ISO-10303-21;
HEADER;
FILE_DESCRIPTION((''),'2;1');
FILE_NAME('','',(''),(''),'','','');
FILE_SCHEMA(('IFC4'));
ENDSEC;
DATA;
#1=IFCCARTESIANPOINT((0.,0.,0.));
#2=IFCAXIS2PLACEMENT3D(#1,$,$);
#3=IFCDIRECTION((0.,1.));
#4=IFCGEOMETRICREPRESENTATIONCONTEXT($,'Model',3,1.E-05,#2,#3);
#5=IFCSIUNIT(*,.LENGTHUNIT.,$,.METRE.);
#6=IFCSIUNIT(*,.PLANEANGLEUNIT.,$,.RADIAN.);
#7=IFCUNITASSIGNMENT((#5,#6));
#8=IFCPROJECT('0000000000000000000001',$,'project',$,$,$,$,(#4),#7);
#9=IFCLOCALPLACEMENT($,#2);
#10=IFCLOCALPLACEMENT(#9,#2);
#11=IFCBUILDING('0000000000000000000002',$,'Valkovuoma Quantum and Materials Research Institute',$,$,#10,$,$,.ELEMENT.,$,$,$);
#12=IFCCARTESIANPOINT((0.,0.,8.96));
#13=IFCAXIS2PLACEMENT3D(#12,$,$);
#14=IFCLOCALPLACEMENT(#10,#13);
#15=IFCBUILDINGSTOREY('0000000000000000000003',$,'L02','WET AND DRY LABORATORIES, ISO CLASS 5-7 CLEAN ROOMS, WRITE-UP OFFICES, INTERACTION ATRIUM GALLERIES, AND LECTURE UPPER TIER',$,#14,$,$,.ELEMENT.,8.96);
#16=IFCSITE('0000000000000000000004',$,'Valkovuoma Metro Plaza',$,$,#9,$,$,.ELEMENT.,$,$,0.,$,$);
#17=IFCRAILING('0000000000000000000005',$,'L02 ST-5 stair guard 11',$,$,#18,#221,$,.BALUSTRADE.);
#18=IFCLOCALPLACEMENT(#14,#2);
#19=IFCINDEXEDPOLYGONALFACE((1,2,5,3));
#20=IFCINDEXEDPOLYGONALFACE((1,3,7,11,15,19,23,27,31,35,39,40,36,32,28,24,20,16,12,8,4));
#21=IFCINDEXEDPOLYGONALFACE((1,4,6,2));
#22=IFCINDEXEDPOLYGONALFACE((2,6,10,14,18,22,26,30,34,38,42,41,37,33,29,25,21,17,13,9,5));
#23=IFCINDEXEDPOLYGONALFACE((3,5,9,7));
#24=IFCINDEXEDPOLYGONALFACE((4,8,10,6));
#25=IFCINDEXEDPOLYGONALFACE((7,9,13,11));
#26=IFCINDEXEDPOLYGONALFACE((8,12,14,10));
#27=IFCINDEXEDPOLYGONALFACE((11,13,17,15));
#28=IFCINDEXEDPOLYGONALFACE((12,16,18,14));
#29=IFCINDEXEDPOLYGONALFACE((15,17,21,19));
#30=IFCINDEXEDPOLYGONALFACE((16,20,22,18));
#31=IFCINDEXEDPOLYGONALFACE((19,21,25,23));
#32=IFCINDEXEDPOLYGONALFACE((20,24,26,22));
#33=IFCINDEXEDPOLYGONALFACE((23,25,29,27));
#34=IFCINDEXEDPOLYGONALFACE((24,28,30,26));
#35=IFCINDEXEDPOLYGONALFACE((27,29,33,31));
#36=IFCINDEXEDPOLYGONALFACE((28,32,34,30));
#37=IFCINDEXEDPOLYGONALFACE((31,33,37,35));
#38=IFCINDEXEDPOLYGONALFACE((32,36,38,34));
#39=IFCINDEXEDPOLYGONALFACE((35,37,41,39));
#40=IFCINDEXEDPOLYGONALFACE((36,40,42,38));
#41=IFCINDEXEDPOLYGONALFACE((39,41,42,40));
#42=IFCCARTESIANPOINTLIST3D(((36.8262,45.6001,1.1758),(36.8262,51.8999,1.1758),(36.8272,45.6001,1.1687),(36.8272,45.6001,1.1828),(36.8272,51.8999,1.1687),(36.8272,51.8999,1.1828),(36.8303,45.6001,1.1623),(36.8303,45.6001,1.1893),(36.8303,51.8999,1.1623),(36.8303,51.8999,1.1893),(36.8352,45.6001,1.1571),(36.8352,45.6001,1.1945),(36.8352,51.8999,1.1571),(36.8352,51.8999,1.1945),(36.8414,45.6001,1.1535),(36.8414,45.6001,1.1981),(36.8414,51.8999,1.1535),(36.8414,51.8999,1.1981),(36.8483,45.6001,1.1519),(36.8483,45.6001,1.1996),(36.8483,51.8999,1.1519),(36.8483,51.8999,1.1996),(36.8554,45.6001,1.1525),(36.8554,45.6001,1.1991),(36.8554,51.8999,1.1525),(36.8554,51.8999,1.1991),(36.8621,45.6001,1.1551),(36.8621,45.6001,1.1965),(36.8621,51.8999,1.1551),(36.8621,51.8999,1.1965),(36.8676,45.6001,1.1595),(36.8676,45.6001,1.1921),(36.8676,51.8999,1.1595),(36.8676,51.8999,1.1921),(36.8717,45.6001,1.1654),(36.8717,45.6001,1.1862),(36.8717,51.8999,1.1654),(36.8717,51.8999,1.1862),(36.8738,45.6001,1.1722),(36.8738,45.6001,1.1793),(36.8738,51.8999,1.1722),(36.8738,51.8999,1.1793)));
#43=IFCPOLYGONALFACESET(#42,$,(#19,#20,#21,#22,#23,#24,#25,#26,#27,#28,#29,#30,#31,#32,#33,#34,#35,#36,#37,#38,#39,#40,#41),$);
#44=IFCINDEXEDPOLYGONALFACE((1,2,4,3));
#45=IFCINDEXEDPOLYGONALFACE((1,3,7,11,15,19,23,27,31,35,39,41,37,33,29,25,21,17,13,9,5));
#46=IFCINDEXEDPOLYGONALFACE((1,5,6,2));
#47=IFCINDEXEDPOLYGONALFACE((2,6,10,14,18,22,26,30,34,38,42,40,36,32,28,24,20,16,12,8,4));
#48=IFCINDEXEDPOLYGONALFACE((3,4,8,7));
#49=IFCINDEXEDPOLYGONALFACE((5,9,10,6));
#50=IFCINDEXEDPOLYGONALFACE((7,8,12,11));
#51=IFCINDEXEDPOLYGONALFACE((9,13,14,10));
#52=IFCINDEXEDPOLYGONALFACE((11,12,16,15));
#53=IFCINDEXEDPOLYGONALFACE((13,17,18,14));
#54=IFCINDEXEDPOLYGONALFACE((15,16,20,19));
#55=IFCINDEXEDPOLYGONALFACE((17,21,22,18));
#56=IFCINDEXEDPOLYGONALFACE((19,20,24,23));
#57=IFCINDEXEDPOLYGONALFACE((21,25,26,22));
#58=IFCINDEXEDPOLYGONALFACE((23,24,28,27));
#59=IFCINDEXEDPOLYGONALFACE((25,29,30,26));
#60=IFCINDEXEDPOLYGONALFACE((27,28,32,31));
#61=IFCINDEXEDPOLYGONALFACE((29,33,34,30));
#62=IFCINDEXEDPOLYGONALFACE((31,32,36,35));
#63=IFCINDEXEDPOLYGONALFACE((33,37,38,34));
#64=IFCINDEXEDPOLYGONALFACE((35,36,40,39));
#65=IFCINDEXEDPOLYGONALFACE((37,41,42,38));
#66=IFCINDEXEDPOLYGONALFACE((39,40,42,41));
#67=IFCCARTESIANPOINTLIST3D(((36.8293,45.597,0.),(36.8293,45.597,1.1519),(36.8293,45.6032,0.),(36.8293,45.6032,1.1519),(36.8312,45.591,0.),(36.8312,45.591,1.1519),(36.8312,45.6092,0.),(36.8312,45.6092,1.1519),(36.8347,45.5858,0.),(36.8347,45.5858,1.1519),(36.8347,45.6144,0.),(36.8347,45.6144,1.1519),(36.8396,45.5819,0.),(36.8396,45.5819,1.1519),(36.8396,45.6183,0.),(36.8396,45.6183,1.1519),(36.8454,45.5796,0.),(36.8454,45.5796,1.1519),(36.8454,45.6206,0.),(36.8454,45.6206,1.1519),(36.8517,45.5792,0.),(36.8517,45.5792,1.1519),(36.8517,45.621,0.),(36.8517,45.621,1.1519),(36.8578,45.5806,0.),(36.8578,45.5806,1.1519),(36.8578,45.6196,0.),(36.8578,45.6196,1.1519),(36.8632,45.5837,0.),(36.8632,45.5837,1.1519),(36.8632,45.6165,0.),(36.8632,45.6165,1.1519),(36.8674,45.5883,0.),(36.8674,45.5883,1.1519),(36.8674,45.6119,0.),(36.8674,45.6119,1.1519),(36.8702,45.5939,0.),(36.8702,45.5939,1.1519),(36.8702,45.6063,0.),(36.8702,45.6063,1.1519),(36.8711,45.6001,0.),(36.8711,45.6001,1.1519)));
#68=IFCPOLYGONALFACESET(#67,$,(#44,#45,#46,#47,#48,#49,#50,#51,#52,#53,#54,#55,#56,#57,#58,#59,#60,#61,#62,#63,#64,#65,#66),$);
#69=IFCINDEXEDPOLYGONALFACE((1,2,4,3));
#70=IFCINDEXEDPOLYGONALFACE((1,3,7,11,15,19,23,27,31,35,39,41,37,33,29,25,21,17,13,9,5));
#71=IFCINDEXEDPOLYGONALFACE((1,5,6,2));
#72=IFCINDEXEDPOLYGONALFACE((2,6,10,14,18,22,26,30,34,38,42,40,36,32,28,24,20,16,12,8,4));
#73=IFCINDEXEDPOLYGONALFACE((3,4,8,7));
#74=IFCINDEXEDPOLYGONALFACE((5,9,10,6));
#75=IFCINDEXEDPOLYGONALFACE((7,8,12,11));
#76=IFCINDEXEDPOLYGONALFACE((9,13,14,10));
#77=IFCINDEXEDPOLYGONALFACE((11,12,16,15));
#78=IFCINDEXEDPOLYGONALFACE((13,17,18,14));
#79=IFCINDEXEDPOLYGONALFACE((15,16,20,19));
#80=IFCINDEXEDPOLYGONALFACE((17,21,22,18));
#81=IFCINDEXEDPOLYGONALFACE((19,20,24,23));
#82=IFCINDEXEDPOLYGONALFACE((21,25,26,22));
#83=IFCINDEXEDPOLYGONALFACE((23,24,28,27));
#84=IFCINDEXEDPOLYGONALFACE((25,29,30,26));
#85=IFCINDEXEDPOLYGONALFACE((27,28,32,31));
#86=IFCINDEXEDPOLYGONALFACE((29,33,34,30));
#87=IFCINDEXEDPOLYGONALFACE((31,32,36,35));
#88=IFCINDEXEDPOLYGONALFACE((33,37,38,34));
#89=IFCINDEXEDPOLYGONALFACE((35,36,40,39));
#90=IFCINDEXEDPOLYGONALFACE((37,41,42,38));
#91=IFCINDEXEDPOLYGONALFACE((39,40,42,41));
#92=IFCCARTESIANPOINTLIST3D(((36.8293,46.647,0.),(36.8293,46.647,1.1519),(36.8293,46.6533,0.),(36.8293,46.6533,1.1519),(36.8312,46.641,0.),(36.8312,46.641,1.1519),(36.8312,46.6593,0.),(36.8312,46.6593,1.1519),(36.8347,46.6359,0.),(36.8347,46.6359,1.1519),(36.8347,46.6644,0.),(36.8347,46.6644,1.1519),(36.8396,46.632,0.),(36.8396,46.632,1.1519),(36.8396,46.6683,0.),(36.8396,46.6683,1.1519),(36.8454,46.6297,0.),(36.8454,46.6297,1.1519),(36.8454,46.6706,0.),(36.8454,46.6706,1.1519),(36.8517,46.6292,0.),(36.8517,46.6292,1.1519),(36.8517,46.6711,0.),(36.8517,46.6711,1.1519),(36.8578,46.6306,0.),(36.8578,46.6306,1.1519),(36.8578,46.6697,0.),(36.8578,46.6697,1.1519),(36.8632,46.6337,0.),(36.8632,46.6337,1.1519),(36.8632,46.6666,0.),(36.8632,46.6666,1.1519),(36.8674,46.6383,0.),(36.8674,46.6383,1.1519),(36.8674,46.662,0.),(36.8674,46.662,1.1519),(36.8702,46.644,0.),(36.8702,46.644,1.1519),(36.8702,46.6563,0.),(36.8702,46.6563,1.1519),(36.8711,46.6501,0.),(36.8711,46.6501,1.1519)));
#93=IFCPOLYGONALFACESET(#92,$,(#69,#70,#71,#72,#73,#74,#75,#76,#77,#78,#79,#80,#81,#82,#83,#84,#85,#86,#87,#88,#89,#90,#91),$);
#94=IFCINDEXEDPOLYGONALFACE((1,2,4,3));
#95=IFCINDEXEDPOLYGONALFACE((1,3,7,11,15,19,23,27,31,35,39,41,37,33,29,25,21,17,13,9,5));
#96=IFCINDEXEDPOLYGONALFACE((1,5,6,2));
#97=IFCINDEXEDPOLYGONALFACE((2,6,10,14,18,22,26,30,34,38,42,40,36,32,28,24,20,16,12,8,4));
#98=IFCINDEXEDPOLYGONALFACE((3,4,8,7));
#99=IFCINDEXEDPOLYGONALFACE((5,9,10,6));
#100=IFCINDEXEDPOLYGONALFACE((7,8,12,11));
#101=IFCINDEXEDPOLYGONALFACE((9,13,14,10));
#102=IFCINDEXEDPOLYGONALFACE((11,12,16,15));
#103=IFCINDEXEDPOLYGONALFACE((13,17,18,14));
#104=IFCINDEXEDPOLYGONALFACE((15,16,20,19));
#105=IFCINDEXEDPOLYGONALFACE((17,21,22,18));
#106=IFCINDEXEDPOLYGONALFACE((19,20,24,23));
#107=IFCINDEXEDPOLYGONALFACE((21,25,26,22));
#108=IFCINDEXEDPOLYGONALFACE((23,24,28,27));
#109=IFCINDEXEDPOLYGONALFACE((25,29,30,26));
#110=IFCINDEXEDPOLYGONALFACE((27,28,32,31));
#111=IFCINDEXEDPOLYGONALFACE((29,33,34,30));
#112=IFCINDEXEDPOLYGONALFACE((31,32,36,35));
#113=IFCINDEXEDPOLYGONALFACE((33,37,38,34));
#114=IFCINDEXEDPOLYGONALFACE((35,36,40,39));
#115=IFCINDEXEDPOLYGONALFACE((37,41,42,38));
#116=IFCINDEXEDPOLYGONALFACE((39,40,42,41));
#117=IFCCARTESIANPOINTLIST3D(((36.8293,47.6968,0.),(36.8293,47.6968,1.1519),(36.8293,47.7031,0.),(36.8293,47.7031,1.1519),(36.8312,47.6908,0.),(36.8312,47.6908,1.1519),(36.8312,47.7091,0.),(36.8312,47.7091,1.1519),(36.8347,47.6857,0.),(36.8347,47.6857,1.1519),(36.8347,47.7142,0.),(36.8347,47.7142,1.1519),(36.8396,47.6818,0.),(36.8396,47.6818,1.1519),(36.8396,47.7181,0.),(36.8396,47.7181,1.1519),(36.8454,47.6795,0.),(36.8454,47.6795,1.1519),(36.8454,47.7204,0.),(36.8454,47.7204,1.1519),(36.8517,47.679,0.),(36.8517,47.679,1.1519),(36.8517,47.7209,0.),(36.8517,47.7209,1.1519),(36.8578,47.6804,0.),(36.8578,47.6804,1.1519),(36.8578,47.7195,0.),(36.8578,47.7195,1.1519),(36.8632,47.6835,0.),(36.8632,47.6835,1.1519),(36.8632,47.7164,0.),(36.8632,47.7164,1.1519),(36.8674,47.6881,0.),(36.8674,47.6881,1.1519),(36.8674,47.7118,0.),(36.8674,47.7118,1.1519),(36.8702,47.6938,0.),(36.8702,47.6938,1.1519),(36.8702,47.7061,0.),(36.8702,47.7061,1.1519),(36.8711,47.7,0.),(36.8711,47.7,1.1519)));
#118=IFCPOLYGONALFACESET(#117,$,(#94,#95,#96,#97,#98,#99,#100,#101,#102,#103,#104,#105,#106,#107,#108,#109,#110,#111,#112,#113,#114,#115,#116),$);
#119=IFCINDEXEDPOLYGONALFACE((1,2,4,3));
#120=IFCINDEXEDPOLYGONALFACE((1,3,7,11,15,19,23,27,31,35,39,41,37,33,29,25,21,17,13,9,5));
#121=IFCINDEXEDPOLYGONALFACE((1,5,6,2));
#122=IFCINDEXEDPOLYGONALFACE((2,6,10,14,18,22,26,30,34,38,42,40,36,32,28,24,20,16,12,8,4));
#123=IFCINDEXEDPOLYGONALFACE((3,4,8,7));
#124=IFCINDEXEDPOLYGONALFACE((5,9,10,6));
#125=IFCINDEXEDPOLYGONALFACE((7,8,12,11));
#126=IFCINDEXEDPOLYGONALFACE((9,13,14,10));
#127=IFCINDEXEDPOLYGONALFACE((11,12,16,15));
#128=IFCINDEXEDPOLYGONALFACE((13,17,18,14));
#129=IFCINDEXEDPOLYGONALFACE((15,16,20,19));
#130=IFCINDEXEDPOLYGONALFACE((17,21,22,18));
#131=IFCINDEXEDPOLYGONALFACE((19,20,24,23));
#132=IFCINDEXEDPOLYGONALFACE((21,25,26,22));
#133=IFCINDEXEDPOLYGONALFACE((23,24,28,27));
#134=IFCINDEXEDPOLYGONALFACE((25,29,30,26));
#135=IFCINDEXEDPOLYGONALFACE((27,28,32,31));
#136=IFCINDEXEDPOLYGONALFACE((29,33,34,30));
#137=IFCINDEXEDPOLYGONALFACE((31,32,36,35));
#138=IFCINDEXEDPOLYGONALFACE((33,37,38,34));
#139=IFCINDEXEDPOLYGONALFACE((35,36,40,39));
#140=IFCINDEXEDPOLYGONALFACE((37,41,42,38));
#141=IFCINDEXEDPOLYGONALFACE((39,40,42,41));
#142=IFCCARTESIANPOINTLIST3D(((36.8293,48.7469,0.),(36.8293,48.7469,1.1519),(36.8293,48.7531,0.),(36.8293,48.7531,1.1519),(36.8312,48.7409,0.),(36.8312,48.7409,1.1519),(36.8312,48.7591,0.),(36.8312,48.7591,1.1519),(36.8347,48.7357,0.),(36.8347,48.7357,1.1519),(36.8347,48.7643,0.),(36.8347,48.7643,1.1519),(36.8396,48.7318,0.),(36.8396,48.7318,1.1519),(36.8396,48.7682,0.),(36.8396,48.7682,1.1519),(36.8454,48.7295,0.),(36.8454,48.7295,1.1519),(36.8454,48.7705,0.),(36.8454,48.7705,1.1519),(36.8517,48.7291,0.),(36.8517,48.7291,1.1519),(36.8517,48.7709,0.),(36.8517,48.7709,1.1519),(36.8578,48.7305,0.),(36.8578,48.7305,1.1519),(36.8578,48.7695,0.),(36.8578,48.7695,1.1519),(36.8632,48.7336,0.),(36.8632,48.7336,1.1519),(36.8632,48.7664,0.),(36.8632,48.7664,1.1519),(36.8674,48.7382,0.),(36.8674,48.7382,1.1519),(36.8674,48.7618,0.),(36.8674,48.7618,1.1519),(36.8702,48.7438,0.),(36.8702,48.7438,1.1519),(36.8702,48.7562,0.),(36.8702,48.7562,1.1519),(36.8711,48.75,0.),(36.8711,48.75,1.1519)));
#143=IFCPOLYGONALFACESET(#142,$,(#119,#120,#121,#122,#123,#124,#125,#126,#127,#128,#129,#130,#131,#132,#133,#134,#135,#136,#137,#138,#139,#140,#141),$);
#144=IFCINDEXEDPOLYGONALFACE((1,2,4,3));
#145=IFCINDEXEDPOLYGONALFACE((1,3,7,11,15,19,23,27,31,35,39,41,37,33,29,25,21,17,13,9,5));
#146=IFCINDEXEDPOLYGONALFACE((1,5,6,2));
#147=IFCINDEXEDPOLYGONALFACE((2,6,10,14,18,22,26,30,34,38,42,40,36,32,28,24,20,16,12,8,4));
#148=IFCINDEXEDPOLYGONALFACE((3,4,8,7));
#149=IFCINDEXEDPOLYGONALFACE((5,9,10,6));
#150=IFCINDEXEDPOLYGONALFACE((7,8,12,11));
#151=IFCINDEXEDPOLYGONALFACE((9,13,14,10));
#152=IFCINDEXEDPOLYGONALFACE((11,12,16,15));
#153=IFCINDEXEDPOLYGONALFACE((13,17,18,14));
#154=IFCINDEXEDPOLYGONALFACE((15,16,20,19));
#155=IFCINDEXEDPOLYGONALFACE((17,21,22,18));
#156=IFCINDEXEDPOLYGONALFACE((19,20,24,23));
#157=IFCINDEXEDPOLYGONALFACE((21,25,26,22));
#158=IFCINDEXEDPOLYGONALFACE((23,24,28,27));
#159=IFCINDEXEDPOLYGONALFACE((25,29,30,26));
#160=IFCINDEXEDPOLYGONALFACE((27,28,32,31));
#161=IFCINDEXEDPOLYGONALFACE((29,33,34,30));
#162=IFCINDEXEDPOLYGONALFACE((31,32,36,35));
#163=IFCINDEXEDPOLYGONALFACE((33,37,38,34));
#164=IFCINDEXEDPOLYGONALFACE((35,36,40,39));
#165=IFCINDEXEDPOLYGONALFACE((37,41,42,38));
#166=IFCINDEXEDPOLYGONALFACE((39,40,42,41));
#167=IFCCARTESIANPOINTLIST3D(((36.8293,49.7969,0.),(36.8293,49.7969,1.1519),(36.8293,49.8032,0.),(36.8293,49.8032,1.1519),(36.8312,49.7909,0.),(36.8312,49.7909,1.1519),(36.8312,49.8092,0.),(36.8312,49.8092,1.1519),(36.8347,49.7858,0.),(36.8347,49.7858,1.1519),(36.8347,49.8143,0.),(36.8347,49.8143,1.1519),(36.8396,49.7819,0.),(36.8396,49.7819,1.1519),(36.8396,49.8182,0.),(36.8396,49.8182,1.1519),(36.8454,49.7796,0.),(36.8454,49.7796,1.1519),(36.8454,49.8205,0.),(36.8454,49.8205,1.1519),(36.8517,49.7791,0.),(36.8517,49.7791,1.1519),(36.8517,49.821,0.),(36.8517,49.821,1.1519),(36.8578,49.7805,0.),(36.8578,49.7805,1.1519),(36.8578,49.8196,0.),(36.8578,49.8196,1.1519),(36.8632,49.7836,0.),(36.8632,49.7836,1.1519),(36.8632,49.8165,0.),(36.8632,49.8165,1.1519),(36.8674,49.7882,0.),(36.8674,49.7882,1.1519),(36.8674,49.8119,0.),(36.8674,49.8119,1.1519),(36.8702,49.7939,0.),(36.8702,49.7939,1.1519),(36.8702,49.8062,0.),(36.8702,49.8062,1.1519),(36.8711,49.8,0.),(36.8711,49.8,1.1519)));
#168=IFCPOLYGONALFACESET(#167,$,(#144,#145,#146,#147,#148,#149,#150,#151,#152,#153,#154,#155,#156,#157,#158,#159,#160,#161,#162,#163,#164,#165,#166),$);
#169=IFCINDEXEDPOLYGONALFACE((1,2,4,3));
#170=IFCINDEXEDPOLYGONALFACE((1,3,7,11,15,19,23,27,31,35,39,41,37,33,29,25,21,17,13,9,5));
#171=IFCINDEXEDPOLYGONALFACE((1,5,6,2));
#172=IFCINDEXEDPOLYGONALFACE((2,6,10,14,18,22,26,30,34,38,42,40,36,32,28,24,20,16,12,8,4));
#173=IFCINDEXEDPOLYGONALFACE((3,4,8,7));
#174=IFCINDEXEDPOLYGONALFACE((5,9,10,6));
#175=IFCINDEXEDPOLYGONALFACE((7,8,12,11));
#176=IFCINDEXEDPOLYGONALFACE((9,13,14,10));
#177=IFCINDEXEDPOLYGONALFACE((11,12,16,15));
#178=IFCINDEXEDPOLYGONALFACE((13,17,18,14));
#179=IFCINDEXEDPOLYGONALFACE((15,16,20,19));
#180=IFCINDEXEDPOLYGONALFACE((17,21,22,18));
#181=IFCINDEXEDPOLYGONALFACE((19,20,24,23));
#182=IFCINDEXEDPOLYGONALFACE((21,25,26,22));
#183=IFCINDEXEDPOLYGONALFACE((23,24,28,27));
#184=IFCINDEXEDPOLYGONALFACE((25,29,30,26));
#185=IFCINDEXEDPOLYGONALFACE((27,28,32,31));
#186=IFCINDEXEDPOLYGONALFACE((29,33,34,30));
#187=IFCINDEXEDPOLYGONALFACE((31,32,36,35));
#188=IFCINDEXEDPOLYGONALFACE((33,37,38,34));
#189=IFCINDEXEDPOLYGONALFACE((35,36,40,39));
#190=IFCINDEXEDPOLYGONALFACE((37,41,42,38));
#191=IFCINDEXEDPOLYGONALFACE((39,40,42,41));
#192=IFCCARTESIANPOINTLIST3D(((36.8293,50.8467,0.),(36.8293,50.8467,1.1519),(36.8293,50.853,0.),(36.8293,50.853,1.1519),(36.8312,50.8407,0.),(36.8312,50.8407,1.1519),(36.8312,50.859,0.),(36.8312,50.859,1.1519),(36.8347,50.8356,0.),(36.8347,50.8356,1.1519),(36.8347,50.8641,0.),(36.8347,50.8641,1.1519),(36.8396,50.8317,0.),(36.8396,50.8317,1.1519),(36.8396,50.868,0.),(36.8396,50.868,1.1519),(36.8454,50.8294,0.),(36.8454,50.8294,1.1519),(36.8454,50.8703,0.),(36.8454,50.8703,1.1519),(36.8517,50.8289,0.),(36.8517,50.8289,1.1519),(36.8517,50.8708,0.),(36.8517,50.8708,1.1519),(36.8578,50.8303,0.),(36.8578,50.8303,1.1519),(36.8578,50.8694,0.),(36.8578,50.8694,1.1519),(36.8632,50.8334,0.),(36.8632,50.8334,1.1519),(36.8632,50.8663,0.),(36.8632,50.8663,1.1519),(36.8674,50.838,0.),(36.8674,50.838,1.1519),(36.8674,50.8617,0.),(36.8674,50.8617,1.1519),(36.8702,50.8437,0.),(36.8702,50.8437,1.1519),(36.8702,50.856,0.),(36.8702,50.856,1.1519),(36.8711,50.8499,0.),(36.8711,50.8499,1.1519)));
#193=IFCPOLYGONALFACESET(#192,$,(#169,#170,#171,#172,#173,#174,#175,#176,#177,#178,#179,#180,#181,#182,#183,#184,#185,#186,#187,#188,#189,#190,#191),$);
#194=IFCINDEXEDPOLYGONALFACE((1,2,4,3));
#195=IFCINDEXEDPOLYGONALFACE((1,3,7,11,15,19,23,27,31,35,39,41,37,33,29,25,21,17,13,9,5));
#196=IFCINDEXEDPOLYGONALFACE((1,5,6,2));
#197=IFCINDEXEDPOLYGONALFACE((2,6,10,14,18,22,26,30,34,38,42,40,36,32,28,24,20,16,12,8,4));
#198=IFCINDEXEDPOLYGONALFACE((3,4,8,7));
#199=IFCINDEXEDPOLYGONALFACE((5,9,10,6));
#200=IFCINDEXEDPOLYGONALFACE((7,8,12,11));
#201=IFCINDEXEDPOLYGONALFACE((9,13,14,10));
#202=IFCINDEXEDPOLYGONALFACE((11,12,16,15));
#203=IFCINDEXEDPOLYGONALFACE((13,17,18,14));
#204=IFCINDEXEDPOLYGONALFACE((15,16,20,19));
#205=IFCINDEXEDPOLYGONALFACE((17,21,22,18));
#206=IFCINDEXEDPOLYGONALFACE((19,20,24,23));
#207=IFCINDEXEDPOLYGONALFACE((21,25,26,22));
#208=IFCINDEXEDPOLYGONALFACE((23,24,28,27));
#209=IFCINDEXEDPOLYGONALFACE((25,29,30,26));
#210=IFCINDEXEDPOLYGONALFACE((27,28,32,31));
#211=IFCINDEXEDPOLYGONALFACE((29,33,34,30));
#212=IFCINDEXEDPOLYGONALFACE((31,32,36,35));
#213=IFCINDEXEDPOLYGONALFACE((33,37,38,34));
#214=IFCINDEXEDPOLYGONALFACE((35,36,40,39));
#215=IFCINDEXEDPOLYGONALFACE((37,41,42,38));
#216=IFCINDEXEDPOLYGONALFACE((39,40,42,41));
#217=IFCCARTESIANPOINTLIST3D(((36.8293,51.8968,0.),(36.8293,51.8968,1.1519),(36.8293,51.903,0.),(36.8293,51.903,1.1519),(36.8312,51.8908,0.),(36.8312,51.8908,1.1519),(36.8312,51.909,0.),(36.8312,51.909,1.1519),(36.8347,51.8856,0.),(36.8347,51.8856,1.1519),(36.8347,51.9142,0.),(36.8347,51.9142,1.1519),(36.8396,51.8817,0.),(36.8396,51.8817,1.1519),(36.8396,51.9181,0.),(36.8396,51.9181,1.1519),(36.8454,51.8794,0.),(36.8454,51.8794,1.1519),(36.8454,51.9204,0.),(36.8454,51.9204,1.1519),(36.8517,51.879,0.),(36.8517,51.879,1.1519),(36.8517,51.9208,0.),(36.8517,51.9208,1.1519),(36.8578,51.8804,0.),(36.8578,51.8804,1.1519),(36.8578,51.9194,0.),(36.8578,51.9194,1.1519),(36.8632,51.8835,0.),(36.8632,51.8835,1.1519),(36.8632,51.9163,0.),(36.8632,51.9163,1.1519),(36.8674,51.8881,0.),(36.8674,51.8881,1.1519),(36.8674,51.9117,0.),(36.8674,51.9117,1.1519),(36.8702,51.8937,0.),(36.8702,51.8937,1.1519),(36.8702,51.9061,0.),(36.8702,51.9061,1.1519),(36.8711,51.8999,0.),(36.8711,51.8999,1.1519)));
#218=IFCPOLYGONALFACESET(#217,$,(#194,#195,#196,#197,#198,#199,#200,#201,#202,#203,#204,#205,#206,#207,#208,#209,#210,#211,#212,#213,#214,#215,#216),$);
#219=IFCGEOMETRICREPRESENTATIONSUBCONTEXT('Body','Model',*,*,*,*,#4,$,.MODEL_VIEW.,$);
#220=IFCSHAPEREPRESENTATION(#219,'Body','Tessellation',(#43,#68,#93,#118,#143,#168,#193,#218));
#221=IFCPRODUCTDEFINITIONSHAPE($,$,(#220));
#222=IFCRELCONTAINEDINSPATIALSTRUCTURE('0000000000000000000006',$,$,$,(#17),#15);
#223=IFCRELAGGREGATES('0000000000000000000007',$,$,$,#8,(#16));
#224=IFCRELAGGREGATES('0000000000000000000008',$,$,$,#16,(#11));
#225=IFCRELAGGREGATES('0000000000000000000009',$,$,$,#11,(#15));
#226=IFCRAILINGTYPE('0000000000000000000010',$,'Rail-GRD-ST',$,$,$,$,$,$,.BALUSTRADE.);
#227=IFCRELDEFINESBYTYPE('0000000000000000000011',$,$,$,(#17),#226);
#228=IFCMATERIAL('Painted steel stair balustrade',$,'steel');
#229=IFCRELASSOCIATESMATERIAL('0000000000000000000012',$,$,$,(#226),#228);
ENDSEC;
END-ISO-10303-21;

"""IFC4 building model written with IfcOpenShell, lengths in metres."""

from ifc_helpers import new_model, si_unit, direction, frame, origin, origin_2d, place, context, subcontext, project, spatial, circle, extrude, material, type_object, element, save


model = new_model("IFC4")

# Units and contexts
model_context = context("Model", 3, precision=1e-05, world=origin(), true_north=direction((0.0, 1.0)))
body_context = subcontext(model_context, "Body", "Model", "MODEL_VIEW")
ifc_project = project(units=[si_unit("LENGTHUNIT", "METRE"), si_unit("PLANEANGLEUNIT", "RADIAN")], contexts=[model_context])

# Site, building, storey
site_placement = place(None, origin())
site = spatial("IfcSite", under=ifc_project, at=site_placement, Name="Valkovuoma Metro Plaza", CompositionType="ELEMENT", RefElevation=0.0)
building_placement = place(site_placement, origin())
building = spatial("IfcBuilding", under=site, at=building_placement, Name="Valkovuoma Quantum and Materials Research Institute", CompositionType="ELEMENT")
storey_placement = place(building_placement, frame((0.0, 0.0, 8.96)))
storey = spatial("IfcBuildingStorey", under=building, at=storey_placement, Name="L02", Description="WET AND DRY LABORATORIES, ISO CLASS 5-7 CLEAN ROOMS, WRITE-UP OFFICES, INTERACTION ATRIUM GALLERIES, AND LECTURE UPPER TIER", CompositionType="ELEMENT", Elevation=8.96)

# Railing
ifc_material_1 = material(Name="Painted steel stair balustrade", Category="steel")
railing_type = type_object("IfcRailingType", Name="Rail-GRD-ST", PredefinedType="BALUSTRADE", material=ifc_material_1)
railing_1_placement = place(storey_placement, frame((36.8501, 45.6001, 0.0)))
element("IfcRailing", 1, at=railing_1_placement, inside=storey, type_object=railing_type, Name="L02 ST-5 stair guard 11", PredefinedType="BALUSTRADE", context=body_context, shape_type="SweptSolid", body=[
    extrude(circle(Radius=0.0239, at=origin_2d()), frame((0.0, 0.0, 1.1758), z_axis=(0.0, 1.0, 0.0), x_axis=(-1.0, 0.0, 0.0)), (0.0, 0.0, 1.0), 6.2998),
    extrude(circle(Radius=0.021, at=origin_2d()), origin(), (0.0, 0.0, 1.0), 1.1519),
    extrude(circle(Radius=0.021, at=origin_2d()), frame((0.0, 1.05, 0.0)), (0.0, 0.0, 1.0), 1.1519),
    extrude(circle(Radius=0.021, at=origin_2d()), frame((0.0, 2.0999, 0.0)), (0.0, 0.0, 1.0), 1.1519),
    extrude(circle(Radius=0.021, at=origin_2d()), frame((0.0, 3.1499, 0.0)), (0.0, 0.0, 1.0), 1.1519),
    extrude(circle(Radius=0.021, at=origin_2d()), frame((0.0, 4.2, 0.0)), (0.0, 0.0, 1.0), 1.1519),
    extrude(circle(Radius=0.021, at=origin_2d()), frame((0.0, 5.2498, 0.0)), (0.0, 0.0, 1.0), 1.1519),
    extrude(circle(Radius=0.021, at=origin_2d()), frame((0.0, 6.2998, 0.0)), (0.0, 0.0, 1.0), 1.1519),
])

save(model, "model.ifc")
